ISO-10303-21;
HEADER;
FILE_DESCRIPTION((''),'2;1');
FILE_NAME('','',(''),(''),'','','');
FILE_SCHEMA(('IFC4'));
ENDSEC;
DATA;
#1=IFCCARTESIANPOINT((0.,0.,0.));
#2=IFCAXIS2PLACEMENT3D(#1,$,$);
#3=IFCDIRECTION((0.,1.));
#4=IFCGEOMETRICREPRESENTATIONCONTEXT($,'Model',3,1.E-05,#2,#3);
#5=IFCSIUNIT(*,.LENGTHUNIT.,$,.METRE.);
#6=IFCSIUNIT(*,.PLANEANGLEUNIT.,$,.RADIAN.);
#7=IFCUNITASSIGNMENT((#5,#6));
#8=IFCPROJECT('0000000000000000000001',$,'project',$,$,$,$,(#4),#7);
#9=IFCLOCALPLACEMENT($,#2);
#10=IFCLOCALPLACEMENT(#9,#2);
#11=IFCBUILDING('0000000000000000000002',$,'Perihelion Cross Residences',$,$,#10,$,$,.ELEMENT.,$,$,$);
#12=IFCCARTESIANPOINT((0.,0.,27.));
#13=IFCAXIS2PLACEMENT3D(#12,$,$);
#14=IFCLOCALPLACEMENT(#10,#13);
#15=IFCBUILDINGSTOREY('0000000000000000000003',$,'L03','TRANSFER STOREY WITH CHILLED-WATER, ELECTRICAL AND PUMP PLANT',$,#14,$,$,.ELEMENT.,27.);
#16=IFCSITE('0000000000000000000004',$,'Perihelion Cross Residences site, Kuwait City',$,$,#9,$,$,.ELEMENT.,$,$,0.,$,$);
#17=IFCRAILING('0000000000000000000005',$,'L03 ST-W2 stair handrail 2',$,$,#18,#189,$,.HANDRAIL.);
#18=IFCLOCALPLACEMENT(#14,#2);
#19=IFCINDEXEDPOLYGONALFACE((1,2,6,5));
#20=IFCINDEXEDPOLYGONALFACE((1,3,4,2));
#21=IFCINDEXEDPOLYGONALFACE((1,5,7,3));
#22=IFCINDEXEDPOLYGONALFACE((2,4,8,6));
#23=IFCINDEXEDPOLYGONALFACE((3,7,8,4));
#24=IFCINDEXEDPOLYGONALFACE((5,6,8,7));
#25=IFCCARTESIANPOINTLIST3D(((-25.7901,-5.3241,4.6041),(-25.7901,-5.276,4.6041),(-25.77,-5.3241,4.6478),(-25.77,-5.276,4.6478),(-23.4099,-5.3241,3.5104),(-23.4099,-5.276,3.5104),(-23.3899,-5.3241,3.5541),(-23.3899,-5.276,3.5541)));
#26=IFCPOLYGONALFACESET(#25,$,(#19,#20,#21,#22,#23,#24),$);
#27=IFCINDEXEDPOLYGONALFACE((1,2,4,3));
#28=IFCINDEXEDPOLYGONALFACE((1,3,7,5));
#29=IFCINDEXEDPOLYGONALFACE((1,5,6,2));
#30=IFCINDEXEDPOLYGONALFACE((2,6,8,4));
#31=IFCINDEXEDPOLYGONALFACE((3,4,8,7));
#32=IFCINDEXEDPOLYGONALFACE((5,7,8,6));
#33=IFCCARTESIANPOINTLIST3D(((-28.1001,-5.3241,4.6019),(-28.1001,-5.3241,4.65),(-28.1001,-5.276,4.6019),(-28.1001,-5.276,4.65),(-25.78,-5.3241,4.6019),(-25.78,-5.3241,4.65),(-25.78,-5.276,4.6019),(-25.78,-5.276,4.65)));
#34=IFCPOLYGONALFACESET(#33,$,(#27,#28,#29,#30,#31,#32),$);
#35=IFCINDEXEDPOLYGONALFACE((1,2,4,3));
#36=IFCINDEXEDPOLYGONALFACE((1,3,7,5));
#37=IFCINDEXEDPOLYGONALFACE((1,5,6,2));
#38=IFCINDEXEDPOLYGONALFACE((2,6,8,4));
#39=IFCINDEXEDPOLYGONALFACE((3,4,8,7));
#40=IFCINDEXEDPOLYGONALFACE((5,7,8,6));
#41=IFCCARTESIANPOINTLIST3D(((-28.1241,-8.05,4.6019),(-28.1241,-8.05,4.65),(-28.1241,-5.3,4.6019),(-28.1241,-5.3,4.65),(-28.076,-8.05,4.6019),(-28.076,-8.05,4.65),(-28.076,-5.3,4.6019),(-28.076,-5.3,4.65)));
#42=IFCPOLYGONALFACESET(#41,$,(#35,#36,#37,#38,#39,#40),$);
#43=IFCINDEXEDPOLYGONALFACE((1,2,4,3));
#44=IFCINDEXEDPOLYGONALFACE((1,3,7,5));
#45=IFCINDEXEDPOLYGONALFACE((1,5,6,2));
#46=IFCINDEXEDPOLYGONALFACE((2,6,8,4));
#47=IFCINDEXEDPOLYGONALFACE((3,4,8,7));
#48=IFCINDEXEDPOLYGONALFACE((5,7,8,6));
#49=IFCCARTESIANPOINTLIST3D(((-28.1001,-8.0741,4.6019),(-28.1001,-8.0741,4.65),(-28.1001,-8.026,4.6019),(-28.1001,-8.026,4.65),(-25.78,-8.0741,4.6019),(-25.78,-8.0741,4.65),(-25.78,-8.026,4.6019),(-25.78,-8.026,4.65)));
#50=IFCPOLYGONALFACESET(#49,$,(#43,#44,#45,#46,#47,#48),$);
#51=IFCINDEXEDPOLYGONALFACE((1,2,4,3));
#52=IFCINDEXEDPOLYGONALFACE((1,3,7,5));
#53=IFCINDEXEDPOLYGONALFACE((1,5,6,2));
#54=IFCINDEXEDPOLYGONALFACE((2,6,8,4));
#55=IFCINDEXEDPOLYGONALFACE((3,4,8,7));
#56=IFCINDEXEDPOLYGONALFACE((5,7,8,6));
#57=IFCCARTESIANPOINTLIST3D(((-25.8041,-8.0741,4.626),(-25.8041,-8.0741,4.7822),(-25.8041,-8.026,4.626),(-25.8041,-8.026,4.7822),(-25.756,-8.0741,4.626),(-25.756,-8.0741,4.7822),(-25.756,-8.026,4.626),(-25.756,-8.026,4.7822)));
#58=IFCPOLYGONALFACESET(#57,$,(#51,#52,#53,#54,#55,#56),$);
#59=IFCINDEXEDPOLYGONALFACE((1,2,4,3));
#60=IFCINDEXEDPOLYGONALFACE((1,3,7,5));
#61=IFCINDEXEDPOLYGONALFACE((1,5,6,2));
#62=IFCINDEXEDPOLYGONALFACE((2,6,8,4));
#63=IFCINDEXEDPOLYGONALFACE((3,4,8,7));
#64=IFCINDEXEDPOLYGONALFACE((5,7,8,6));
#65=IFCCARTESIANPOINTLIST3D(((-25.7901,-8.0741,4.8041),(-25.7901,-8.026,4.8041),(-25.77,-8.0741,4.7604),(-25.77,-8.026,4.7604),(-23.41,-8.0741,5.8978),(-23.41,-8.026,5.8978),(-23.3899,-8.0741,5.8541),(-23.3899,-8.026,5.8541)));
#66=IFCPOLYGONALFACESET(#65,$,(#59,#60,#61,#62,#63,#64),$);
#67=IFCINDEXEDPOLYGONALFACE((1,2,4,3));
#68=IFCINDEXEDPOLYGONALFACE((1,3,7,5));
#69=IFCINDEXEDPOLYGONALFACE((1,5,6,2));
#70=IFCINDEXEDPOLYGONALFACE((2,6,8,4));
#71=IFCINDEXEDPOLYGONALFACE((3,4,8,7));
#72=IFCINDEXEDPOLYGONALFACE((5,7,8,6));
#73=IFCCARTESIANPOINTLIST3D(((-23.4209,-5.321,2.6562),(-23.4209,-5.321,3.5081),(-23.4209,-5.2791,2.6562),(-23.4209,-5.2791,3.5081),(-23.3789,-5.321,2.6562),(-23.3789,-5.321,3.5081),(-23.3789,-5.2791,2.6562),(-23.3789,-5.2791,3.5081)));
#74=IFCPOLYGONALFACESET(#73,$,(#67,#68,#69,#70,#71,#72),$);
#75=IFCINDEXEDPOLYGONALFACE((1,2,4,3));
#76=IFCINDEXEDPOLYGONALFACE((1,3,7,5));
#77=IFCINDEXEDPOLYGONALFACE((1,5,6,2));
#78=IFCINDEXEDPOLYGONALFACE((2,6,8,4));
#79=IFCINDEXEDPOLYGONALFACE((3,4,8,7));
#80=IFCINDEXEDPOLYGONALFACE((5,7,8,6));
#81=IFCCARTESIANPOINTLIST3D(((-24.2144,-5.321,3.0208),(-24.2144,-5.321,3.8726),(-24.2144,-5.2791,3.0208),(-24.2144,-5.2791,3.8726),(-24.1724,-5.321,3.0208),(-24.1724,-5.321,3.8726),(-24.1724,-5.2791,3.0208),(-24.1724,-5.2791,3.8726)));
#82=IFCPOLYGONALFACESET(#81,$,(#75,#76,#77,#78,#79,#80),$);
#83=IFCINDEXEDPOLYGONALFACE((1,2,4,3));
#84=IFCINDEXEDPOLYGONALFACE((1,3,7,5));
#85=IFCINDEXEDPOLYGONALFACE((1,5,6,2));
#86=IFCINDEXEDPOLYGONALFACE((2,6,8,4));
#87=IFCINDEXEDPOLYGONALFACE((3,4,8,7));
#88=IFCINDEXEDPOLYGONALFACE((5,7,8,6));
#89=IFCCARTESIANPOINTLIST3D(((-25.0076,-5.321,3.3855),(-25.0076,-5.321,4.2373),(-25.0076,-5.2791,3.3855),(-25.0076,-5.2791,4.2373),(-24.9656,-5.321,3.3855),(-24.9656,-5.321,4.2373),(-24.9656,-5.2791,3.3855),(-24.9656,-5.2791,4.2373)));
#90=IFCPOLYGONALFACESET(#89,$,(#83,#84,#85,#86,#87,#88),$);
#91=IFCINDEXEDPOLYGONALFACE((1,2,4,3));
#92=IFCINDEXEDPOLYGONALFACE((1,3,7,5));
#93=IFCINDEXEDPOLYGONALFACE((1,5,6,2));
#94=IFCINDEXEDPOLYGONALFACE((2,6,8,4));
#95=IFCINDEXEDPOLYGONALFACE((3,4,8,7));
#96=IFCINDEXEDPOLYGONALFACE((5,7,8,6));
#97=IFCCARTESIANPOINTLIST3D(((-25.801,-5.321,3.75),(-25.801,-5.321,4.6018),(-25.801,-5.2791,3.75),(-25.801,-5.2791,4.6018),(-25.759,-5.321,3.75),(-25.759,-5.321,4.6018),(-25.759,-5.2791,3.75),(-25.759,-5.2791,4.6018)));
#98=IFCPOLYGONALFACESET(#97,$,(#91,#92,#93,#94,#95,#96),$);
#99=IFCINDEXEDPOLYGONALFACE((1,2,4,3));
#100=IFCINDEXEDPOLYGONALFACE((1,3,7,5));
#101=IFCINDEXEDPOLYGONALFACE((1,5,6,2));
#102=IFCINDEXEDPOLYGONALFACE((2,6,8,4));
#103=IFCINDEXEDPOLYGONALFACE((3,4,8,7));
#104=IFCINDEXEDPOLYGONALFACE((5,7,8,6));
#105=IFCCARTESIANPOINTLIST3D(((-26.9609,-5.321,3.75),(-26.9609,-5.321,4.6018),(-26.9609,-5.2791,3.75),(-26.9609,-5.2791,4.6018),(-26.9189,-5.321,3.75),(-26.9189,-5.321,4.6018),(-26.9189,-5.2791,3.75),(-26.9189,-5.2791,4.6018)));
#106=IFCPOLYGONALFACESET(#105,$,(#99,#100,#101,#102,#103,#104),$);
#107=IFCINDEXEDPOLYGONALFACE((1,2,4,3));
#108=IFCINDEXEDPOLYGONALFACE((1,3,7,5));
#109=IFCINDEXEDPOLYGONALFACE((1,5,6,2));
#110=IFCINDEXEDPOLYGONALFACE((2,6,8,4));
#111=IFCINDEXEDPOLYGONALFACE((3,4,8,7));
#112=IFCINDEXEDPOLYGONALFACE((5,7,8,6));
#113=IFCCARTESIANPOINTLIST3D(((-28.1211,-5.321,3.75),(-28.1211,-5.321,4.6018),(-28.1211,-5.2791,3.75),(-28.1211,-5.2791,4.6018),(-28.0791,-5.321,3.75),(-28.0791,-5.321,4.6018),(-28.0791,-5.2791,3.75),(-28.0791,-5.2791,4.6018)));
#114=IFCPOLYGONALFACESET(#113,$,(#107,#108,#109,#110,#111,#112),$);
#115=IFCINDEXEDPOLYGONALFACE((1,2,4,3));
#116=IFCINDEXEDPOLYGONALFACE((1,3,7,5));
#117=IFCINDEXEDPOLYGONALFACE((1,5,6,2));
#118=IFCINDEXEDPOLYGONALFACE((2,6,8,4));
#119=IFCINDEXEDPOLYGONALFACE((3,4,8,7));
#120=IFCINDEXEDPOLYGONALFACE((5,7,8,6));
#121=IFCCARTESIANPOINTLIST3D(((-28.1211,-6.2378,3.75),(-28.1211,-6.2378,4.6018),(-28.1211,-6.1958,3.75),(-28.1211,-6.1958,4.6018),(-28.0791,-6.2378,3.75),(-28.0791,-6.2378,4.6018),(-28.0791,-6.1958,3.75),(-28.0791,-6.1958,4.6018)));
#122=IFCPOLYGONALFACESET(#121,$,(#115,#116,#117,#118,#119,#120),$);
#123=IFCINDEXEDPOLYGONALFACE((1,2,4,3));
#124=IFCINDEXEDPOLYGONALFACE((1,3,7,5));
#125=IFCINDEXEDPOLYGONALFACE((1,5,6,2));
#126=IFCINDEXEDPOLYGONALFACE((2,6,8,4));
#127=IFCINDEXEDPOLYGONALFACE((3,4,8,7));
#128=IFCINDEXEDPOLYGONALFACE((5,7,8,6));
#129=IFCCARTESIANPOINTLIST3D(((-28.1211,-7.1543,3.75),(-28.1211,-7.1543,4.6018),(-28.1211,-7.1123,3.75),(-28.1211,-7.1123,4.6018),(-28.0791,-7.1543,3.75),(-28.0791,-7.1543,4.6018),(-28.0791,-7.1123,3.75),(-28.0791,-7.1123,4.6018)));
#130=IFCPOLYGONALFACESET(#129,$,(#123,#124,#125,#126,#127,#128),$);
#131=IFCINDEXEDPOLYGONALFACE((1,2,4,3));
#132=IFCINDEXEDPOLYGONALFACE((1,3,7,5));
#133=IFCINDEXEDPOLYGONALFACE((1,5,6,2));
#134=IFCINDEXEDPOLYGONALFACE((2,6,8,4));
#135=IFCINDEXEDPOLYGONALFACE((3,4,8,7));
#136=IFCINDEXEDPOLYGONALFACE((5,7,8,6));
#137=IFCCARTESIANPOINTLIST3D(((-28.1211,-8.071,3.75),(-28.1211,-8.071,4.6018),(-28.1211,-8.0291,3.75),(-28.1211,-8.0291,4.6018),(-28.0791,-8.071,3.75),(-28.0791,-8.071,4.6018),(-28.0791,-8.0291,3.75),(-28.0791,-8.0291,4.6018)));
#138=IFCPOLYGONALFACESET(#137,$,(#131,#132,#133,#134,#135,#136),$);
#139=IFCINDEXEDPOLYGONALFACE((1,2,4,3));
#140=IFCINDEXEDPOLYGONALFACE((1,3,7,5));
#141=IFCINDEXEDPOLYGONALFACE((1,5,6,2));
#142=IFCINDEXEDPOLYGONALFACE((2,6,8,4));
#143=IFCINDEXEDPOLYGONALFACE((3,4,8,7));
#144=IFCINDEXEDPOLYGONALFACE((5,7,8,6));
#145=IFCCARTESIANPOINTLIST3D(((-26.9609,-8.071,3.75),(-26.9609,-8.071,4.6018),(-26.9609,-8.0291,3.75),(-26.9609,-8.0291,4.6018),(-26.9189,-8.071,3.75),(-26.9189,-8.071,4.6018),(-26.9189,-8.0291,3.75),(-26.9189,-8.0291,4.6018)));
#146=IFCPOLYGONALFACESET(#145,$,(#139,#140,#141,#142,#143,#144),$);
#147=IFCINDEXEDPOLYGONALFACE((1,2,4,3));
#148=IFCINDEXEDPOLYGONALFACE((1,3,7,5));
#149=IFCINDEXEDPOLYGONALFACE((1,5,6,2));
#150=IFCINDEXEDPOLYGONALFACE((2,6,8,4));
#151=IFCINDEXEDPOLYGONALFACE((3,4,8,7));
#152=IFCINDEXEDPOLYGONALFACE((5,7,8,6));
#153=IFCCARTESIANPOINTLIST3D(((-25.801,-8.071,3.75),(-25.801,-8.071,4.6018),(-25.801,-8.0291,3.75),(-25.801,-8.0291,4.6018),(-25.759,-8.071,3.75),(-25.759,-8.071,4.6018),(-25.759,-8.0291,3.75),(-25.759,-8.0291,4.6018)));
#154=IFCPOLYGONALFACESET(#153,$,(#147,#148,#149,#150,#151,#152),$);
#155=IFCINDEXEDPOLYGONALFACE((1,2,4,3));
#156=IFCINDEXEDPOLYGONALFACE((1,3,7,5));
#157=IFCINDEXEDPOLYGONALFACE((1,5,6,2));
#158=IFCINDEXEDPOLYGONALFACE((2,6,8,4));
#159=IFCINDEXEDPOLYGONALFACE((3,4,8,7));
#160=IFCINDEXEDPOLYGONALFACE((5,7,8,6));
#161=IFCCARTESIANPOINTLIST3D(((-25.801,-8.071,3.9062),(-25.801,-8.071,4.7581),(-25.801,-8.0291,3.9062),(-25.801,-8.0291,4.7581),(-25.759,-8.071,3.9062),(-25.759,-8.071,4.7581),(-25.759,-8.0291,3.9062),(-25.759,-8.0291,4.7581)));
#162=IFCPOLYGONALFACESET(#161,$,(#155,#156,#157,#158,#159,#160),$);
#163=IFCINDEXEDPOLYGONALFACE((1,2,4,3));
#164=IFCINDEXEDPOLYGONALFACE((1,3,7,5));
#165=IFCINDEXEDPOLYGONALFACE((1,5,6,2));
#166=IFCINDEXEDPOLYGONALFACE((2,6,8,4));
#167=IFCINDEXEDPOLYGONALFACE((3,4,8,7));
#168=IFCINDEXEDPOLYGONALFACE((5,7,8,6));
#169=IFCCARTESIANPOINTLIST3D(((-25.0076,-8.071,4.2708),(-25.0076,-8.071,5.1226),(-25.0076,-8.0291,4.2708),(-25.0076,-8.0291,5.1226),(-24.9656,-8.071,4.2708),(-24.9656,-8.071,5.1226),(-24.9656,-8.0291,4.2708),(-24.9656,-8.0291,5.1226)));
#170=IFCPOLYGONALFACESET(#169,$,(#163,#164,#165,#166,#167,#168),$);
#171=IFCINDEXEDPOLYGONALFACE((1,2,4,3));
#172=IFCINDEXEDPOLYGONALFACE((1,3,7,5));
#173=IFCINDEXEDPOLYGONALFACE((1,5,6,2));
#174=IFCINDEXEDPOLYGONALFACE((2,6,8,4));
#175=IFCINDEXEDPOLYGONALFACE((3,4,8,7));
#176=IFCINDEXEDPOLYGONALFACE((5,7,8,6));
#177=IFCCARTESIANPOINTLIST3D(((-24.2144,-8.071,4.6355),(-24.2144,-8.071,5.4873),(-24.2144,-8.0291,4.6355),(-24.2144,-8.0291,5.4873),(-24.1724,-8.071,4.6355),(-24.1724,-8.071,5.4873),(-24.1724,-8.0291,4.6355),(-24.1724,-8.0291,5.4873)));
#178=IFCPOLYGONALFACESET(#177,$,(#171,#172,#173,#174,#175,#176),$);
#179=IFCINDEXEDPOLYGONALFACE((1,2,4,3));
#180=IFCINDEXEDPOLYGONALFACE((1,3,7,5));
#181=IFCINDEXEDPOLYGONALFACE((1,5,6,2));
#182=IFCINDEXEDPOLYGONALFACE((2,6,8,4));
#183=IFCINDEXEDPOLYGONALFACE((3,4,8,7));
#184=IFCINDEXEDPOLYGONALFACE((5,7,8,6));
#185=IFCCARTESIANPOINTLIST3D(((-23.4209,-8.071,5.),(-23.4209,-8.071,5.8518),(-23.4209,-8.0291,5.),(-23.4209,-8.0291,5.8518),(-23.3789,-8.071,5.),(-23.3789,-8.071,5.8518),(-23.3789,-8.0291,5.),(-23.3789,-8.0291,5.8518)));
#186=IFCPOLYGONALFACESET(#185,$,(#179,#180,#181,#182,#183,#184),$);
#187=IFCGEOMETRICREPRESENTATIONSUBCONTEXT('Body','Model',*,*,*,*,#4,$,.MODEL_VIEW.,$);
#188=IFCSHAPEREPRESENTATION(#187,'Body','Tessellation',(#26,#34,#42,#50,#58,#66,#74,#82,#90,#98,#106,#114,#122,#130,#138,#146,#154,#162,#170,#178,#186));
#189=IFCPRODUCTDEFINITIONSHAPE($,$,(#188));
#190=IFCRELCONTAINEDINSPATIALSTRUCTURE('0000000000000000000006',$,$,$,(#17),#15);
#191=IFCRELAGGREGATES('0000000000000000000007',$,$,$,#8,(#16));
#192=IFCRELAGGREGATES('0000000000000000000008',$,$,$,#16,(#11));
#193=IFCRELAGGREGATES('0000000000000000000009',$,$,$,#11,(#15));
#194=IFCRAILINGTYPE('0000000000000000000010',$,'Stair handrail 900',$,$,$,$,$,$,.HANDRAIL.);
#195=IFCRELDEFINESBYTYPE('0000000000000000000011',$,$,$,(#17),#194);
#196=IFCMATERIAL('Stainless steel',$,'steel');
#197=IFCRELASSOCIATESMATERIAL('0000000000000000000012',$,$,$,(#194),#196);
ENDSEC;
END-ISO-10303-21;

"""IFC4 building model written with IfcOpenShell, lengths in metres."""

from ifc_helpers import new_model, si_unit, direction, frame, origin, origin_2d, place, context, subcontext, project, spatial, rectangle, extrude, material, type_object, element, save


model = new_model("IFC4")

# Units and contexts
model_context = context("Model", 3, precision=1e-05, world=origin(), true_north=direction((0.0, 1.0)))
body_context = subcontext(model_context, "Body", "Model", "MODEL_VIEW")
ifc_project = project(units=[si_unit("LENGTHUNIT", "METRE"), si_unit("PLANEANGLEUNIT", "RADIAN")], contexts=[model_context])

# Site, building, storey
site_placement = place(None, origin())
site = spatial("IfcSite", under=ifc_project, at=site_placement, Name="Perihelion Cross Residences site, Kuwait City", CompositionType="ELEMENT", RefElevation=0.0)
building_placement = place(site_placement, origin())
building = spatial("IfcBuilding", under=site, at=building_placement, Name="Perihelion Cross Residences", CompositionType="ELEMENT")
storey_placement = place(building_placement, frame((0.0, 0.0, 27.0)))
storey = spatial("IfcBuildingStorey", under=building, at=storey_placement, Name="L03", Description="TRANSFER STOREY WITH CHILLED-WATER, ELECTRICAL AND PUMP PLANT", CompositionType="ELEMENT", Elevation=27.0)

# Railing
ifc_material_1 = material(Name="Stainless steel", Category="steel")
railing_type_1 = type_object("IfcRailingType", Name="Stair handrail 900", PredefinedType="HANDRAIL", material=ifc_material_1)
railing_1_placement = place(storey_placement, frame((-23.3999, -5.3, 2.6562)))
element("IfcRailing", 1, at=railing_1_placement, inside=storey, type_object=railing_type_1, Name="L03 ST-W2 stair handrail 2", PredefinedType="HANDRAIL", context=body_context, shape_type="SweptSolid", body=[
    extrude(rectangle(XDim=0.0481, YDim=0.0481, at=origin_2d()), frame((0.0, 0.0, 0.876), z_axis=(-0.908651, 0.0, 0.417556), x_axis=(0.0, -1.0, 0.0)), (0.0, 0.0, 1.0), 2.6194),
    extrude(rectangle(XDim=0.0481, YDim=0.0481, at=origin_2d()), frame((-2.3801, 0.0, 1.9697), z_axis=(-1.0, 0.0, 0.0), x_axis=(0.0, -1.0, 0.0)), (0.0, 0.0, 1.0), 2.3201),
    extrude(rectangle(XDim=0.0481, YDim=0.0481, at=origin_2d()), frame((-4.7002, 0.0, 1.9697), z_axis=(0.0, -1.0, 0.0), x_axis=(1.0, 0.0, 0.0)), (0.0, 0.0, 1.0), 2.75),
    extrude(rectangle(XDim=0.0481, YDim=0.0481, at=origin_2d()), frame((-4.7002, -2.75, 1.9697), z_axis=(1.0, 0.0, 0.0), x_axis=(0.0, 1.0, 0.0)), (0.0, 0.0, 1.0), 2.3201),
    extrude(rectangle(XDim=0.0481, YDim=0.0481, at=origin_2d()), frame((-2.3801, -2.75, 1.9697), z_axis=(0.0, 0.0, 1.0), x_axis=(1.0, 0.0, 0.0)), (0.0, 0.0, 1.0), 0.1562),
    extrude(rectangle(XDim=0.0481, YDim=0.0481, at=origin_2d()), frame((-2.3801, -2.75, 2.126), z_axis=(0.908651, 0.0, 0.417556), x_axis=(0.0, 1.0, 0.0)), (0.0, 0.0, 1.0), 2.6194),
    extrude(rectangle(XDim=0.042, YDim=0.042, at=origin_2d()), origin(), (0.0, 0.0, 1.0), 0.8518),
    extrude(rectangle(XDim=0.042, YDim=0.042, at=origin_2d()), frame((-0.7935, 0.0, 0.3645)), (0.0, 0.0, 1.0), 0.8518),
    extrude(rectangle(XDim=0.042, YDim=0.042, at=origin_2d()), frame((-1.5867, 0.0, 0.7292)), (0.0, 0.0, 1.0), 0.8518),
    extrude(rectangle(XDim=0.042, YDim=0.042, at=origin_2d()), frame((-2.3801, 0.0, 1.0938)), (0.0, 0.0, 1.0), 0.8518),
    extrude(rectangle(XDim=0.042, YDim=0.042, at=origin_2d()), frame((-3.54, 0.0, 1.0938)), (0.0, 0.0, 1.0), 0.8518),
    extrude(rectangle(XDim=0.042, YDim=0.042, at=origin_2d()), frame((-4.7002, 0.0, 1.0938)), (0.0, 0.0, 1.0), 0.8518),
    extrude(rectangle(XDim=0.042, YDim=0.042, at=origin_2d()), frame((-4.7002, -0.9167, 1.0938)), (0.0, 0.0, 1.0), 0.8518),
    extrude(rectangle(XDim=0.042, YDim=0.042, at=origin_2d()), frame((-4.7002, -1.8333, 1.0938)), (0.0, 0.0, 1.0), 0.8518),
    extrude(rectangle(XDim=0.042, YDim=0.042, at=origin_2d()), frame((-4.7002, -2.75, 1.0938)), (0.0, 0.0, 1.0), 0.8518),
    extrude(rectangle(XDim=0.042, YDim=0.042, at=origin_2d()), frame((-3.54, -2.75, 1.0938)), (0.0, 0.0, 1.0), 0.8518),
    extrude(rectangle(XDim=0.042, YDim=0.042, at=origin_2d()), frame((-2.3801, -2.75, 1.0938)), (0.0, 0.0, 1.0), 0.8518),
    extrude(rectangle(XDim=0.042, YDim=0.042, at=origin_2d()), frame((-2.3801, -2.75, 1.25)), (0.0, 0.0, 1.0), 0.8518),
    extrude(rectangle(XDim=0.042, YDim=0.042, at=origin_2d()), frame((-1.5867, -2.75, 1.6145)), (0.0, 0.0, 1.0), 0.8518),
    extrude(rectangle(XDim=0.042, YDim=0.042, at=origin_2d()), frame((-0.7935, -2.75, 1.9792)), (0.0, 0.0, 1.0), 0.8518),
    extrude(rectangle(XDim=0.042, YDim=0.042, at=origin_2d()), frame((0.0, -2.75, 2.3438)), (0.0, 0.0, 1.0), 0.8518),
])

save(model, "model.ifc")
